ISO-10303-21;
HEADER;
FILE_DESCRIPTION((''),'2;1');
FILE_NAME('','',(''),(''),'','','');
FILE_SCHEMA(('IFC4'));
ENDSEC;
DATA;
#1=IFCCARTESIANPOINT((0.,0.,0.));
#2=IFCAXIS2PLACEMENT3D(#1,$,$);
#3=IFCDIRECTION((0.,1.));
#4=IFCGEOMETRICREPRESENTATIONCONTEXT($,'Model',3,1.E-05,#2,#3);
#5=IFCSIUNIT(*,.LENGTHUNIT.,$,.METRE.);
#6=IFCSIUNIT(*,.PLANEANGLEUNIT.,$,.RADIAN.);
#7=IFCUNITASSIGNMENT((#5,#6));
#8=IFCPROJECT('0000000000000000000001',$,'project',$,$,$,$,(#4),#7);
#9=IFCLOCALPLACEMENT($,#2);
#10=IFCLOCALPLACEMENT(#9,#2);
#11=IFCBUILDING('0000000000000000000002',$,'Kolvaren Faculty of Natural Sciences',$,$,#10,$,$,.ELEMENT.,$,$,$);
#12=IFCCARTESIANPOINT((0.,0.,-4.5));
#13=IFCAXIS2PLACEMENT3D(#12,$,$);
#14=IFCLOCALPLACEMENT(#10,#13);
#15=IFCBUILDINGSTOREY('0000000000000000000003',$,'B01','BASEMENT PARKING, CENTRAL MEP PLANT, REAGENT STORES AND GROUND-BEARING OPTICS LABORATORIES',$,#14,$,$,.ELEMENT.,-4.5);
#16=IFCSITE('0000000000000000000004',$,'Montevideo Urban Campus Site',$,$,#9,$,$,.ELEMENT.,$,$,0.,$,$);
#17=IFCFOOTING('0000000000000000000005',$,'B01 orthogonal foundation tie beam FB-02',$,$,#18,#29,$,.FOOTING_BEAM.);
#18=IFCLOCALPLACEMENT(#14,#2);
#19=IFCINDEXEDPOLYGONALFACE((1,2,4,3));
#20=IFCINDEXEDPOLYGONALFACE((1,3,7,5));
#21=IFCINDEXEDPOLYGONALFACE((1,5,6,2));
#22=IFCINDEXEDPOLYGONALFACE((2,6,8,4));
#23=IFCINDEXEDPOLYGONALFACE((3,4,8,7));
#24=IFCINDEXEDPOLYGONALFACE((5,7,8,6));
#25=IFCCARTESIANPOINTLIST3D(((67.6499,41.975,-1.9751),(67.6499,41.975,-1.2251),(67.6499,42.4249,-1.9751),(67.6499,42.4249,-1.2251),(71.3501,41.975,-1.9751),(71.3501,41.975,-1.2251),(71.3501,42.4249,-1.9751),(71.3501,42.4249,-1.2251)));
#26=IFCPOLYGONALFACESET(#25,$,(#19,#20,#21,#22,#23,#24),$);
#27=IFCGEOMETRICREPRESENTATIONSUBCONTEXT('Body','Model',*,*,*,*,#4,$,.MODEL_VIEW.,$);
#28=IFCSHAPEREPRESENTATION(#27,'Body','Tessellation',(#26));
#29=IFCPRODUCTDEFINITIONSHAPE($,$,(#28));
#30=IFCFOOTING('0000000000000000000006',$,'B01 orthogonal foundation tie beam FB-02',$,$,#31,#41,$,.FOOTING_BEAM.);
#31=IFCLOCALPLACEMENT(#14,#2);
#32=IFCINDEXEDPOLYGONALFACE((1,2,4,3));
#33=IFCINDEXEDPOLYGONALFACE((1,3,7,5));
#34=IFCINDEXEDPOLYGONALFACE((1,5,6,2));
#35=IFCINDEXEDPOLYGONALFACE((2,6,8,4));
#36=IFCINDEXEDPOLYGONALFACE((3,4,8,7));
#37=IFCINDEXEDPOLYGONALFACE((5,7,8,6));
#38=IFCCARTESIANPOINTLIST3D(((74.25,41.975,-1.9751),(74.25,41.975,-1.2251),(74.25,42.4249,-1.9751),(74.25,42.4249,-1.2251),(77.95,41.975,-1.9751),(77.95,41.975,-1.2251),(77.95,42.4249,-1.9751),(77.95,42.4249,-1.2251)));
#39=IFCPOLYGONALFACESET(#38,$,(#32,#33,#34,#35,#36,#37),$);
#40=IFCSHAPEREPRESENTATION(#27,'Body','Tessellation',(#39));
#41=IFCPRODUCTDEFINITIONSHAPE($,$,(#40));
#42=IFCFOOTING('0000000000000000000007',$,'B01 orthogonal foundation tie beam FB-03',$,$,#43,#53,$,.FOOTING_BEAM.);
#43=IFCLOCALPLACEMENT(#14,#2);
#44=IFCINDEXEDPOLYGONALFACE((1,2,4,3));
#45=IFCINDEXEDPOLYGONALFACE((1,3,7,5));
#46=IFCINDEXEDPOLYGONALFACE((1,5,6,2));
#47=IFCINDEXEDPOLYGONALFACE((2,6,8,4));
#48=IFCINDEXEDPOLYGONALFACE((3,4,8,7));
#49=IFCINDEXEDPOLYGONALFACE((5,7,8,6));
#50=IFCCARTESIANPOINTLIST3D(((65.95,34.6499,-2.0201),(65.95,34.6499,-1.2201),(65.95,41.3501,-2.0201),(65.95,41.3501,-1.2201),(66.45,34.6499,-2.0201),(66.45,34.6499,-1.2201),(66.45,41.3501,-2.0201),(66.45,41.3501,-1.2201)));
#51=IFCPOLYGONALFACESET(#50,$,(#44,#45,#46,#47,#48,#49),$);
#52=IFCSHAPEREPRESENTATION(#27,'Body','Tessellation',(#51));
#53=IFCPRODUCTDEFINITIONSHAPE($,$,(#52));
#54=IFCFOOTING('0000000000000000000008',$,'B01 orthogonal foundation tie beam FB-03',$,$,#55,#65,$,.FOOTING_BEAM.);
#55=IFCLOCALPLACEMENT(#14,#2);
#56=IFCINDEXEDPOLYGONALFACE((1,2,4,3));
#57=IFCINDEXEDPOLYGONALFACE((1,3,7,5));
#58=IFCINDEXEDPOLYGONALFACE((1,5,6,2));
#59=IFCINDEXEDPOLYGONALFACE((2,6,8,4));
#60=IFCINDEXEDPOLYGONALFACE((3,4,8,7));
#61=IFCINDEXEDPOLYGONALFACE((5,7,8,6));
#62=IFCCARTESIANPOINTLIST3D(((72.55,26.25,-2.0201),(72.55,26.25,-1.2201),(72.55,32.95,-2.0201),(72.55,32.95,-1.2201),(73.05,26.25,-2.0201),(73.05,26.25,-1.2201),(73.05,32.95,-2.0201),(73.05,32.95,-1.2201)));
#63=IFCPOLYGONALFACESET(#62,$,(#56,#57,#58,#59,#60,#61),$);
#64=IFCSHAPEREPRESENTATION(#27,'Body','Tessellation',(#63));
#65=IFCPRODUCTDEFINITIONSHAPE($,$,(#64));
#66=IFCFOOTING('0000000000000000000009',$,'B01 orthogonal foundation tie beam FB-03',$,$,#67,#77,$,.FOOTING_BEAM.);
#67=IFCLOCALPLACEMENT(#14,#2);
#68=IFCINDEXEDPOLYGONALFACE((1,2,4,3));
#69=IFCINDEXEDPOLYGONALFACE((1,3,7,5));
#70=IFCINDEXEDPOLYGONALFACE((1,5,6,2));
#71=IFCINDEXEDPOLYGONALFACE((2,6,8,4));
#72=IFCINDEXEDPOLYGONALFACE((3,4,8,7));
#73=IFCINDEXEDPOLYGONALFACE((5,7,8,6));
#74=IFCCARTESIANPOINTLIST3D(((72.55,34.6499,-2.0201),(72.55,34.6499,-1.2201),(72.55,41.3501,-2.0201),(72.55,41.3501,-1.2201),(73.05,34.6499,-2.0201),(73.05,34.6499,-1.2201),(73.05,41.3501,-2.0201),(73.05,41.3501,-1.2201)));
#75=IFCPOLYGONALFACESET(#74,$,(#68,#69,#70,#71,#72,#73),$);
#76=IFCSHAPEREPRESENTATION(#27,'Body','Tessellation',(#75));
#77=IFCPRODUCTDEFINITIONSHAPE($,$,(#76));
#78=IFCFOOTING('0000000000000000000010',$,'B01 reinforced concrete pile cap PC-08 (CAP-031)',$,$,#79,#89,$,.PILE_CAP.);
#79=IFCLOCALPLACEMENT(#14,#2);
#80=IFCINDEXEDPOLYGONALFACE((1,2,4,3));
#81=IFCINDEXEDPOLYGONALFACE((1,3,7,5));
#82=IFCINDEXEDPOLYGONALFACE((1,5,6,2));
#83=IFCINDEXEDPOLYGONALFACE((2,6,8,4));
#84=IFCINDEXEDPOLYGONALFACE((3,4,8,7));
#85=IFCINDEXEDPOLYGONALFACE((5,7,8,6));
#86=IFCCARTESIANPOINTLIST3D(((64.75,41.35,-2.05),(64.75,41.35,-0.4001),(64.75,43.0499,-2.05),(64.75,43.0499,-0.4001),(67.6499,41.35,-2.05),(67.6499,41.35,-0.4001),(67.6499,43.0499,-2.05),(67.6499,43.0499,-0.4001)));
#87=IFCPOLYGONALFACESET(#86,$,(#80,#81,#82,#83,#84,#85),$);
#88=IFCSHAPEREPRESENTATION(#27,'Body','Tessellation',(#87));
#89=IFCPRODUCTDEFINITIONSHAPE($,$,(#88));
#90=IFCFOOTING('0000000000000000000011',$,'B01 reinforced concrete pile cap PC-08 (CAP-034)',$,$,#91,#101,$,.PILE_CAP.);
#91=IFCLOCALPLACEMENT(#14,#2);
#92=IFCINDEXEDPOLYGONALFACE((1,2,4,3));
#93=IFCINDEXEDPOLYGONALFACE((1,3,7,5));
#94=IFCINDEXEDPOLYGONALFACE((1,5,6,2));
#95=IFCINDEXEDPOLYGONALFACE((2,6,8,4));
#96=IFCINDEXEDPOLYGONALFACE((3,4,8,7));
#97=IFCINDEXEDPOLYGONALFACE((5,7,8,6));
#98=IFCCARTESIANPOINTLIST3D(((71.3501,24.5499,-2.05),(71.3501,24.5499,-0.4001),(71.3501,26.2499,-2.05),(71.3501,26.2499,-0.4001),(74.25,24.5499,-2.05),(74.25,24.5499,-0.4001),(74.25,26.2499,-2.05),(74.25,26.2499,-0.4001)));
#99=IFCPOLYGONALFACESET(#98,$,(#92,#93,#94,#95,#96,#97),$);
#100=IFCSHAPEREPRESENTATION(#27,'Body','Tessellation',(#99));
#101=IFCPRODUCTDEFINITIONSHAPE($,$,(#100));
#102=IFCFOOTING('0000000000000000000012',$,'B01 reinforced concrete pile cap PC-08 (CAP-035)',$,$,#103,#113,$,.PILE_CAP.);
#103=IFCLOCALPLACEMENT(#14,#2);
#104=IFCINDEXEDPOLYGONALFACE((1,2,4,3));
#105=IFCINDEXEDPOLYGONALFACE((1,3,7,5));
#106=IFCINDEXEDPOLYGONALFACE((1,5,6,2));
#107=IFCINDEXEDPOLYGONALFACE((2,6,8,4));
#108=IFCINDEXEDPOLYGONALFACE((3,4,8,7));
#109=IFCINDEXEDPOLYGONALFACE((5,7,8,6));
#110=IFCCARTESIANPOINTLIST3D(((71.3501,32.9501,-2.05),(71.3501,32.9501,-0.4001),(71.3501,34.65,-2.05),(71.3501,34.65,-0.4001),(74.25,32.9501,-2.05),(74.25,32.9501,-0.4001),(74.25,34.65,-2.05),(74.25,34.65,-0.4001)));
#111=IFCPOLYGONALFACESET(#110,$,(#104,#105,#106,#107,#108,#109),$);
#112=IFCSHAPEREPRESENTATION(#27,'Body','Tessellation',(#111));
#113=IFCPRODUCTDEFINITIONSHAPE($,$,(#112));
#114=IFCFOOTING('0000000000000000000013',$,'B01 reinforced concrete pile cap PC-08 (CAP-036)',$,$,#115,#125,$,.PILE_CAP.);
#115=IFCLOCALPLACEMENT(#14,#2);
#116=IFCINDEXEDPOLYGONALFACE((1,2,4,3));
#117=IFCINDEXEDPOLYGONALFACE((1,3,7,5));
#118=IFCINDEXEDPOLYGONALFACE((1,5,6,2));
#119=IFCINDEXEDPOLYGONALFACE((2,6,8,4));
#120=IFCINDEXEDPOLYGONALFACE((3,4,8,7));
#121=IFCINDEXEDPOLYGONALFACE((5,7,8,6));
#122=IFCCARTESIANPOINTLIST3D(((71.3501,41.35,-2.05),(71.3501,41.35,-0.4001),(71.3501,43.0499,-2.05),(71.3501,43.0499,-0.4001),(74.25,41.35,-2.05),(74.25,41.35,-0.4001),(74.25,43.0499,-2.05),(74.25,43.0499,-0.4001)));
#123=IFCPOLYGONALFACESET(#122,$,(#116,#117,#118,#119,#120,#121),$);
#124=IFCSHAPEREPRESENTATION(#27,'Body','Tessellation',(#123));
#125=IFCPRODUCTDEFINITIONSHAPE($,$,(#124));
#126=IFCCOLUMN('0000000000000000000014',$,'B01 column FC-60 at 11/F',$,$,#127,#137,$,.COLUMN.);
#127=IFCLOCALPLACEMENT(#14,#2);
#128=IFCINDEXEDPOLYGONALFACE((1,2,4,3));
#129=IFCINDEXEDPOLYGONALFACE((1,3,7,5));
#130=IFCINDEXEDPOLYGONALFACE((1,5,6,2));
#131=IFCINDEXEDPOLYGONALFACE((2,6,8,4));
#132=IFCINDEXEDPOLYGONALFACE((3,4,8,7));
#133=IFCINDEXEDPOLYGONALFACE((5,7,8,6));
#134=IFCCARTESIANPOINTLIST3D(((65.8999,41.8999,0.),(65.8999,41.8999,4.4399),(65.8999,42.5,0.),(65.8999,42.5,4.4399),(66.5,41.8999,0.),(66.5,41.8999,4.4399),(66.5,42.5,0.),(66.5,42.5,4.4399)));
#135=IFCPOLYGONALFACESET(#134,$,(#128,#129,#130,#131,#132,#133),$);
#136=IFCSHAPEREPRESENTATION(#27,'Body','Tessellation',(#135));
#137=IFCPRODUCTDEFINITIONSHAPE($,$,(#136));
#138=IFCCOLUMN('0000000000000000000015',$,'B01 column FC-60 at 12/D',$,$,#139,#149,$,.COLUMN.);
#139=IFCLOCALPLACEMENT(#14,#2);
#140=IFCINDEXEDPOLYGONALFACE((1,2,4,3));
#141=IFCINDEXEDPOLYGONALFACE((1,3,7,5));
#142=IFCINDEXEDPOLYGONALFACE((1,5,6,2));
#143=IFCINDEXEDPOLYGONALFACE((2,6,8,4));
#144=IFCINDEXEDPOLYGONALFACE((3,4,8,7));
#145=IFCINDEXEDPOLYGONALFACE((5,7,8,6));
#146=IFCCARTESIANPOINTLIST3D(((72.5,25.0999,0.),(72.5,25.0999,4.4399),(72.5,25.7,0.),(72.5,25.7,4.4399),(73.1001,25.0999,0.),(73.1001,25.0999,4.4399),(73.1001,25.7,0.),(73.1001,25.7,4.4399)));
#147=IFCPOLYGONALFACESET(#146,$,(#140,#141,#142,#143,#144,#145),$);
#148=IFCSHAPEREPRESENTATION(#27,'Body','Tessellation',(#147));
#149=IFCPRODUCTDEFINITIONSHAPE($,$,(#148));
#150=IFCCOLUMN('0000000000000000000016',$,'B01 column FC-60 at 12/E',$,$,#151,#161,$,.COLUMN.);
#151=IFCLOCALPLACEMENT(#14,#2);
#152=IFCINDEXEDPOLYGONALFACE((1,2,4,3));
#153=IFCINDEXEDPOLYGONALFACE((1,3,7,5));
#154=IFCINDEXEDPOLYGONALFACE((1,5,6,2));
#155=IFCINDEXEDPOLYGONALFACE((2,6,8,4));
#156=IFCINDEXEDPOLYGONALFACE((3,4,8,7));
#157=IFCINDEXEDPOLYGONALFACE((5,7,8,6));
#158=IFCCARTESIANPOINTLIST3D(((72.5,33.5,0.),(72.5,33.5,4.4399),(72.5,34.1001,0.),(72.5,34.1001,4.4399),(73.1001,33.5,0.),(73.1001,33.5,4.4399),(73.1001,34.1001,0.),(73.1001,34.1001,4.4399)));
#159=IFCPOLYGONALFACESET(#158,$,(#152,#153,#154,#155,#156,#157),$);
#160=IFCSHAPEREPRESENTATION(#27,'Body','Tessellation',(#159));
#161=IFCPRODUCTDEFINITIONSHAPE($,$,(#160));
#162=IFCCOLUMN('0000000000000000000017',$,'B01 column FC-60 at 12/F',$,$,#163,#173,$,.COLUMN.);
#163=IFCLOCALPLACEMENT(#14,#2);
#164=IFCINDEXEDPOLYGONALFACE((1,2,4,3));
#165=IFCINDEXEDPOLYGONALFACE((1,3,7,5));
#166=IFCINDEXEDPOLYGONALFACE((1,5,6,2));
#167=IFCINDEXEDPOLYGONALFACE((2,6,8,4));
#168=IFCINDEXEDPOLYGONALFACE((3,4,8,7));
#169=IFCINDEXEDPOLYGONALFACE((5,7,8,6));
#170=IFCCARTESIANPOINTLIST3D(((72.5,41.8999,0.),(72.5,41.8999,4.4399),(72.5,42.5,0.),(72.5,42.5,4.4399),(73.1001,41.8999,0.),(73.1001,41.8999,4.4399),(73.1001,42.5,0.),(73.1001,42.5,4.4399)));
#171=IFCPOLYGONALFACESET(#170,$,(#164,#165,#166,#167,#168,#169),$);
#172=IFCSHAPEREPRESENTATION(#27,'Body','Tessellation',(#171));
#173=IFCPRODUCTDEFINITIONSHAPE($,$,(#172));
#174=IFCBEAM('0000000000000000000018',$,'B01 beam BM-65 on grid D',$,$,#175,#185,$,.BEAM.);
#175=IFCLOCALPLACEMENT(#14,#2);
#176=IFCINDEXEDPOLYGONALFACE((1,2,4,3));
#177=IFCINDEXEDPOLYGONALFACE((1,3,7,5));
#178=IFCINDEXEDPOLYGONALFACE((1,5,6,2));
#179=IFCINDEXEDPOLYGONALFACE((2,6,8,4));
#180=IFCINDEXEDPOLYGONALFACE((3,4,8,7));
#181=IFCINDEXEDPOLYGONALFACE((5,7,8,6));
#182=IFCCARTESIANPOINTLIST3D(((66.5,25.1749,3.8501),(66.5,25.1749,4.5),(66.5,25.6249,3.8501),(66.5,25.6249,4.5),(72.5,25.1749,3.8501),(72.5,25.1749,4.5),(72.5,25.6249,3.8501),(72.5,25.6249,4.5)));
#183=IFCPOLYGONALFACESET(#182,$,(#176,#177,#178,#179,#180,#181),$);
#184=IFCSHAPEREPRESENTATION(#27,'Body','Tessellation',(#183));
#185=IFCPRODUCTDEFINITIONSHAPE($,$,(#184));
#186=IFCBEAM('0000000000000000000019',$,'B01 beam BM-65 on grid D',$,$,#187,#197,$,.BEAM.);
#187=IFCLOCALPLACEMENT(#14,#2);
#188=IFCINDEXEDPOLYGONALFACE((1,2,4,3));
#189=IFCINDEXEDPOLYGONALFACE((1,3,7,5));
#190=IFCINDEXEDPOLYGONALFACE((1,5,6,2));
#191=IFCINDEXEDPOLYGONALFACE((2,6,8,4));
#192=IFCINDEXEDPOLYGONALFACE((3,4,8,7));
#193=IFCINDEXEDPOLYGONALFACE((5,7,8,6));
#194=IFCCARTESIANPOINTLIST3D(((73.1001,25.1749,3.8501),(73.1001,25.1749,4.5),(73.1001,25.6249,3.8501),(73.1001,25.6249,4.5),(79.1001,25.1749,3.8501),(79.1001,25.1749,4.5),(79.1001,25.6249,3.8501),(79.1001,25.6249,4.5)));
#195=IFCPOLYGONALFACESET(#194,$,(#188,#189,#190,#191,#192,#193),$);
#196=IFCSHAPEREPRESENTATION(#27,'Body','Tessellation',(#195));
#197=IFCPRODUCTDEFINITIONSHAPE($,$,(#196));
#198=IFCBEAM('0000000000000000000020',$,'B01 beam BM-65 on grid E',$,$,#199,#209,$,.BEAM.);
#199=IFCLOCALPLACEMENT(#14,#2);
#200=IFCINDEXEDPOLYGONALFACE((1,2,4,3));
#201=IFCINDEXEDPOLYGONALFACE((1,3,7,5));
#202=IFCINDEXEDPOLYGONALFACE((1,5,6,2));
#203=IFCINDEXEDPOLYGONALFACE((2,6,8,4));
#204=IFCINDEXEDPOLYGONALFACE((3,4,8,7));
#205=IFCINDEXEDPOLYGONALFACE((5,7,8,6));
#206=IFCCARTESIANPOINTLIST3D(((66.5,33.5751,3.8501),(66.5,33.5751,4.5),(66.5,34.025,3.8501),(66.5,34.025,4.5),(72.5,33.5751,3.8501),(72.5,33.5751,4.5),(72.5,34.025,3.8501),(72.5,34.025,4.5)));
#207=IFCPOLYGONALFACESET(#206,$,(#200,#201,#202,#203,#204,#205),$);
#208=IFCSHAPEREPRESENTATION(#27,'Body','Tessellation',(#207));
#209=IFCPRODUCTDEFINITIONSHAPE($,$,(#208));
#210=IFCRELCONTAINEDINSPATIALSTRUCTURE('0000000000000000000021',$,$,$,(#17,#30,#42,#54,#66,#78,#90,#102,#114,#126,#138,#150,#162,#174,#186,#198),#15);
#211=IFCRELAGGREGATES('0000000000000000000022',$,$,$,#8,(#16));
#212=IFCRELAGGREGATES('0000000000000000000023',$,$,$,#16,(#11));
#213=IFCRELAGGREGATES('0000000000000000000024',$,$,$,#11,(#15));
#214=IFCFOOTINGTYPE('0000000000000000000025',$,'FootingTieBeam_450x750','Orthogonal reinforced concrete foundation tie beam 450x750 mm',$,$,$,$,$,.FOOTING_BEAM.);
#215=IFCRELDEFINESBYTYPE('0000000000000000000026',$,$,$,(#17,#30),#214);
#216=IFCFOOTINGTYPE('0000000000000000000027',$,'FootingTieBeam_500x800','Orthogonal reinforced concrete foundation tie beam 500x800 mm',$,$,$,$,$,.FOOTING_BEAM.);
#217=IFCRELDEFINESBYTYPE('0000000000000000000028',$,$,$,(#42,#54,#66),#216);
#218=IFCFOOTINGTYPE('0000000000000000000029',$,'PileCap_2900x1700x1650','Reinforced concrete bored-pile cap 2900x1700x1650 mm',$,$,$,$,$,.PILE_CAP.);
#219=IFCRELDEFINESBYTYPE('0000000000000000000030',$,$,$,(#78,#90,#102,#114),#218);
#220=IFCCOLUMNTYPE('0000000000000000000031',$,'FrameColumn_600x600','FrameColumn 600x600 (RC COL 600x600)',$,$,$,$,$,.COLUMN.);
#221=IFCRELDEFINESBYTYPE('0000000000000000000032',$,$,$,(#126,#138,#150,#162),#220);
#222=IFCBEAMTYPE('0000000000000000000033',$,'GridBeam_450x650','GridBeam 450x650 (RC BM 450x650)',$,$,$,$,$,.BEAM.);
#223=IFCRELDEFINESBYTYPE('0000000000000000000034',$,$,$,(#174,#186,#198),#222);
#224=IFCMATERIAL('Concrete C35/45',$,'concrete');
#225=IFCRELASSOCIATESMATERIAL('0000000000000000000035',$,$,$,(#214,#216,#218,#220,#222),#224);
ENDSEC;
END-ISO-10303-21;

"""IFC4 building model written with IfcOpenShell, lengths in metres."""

from ifc_helpers import new_model, si_unit, direction, frame, origin, origin_2d, place, context, subcontext, project, spatial, rectangle, extrude, material, material_profile, profile_set, type_object, element, save


model = new_model("IFC4")

# Units and contexts
model_context = context("Model", 3, precision=1e-05, world=origin(), true_north=direction((0.0, 1.0)))
body_context = subcontext(model_context, "Body", "Model", "MODEL_VIEW")
ifc_project = project(units=[si_unit("LENGTHUNIT", "METRE"), si_unit("PLANEANGLEUNIT", "RADIAN")], contexts=[model_context])

# Site, building, storey
site_placement = place(None, origin())
site = spatial("IfcSite", under=ifc_project, at=site_placement, Name="Montevideo Urban Campus Site", CompositionType="ELEMENT", RefElevation=0.0)
building_placement = place(site_placement, origin())
building = spatial("IfcBuilding", under=site, at=building_placement, Name="Kolvaren Faculty of Natural Sciences", CompositionType="ELEMENT")
storey_placement = place(building_placement, frame((0.0, 0.0, -4.5)))
storey = spatial("IfcBuildingStorey", under=building, at=storey_placement, Name="B01", Description="BASEMENT PARKING, CENTRAL MEP PLANT, REAGENT STORES AND GROUND-BEARING OPTICS LABORATORIES", CompositionType="ELEMENT", Elevation=-4.5)

# Shared definitions
ifc_material = material(Name="Concrete C35/45", Category="concrete")

# Footings
ifc_material_profile_1 = material_profile(ifc_material, rectangle(XDim=0.45, YDim=0.75, at=origin_2d()), Name="RC FB 450x750")
ifc_profile_set_1 = profile_set([ifc_material_profile_1], Name="Concrete C35/45")
footing_type_1 = type_object("IfcFootingType", Name="FootingTieBeam_450x750", Description="Orthogonal reinforced concrete foundation tie beam 450x750 mm", PredefinedType="FOOTING_BEAM", material=ifc_profile_set_1)
footing_1_placement = place(storey_placement, frame((67.6499, 42.2, -1.6001), z_axis=(1.0, 0.0, 0.0), x_axis=(0.0, 1.0, 0.0)))
element("IfcFooting", 1, at=footing_1_placement, inside=storey, type_object=footing_type_1, Name="B01 orthogonal foundation tie beam FB-02", PredefinedType="FOOTING_BEAM", context=body_context, shape_type="SweptSolid", body=[
    extrude(rectangle(XDim=0.45, YDim=0.75, at=origin_2d()), origin(), (0.0, 0.0, 1.0), 3.7002),
])
footing_2_placement = place(storey_placement, frame((74.25, 42.2, -1.6001), z_axis=(1.0, 0.0, 0.0), x_axis=(0.0, 1.0, 0.0)))
element("IfcFooting", 2, at=footing_2_placement, inside=storey, type_object=footing_type_1, Name="B01 orthogonal foundation tie beam FB-02", PredefinedType="FOOTING_BEAM", context=body_context, shape_type="SweptSolid", body=[
    extrude(rectangle(XDim=0.45, YDim=0.75, at=origin_2d()), origin(), (0.0, 0.0, 1.0), 3.7),
])
ifc_material_profile_2 = material_profile(ifc_material, rectangle(XDim=0.5, YDim=0.8, at=origin_2d()), Name="RC FB 500x800")
ifc_profile_set_2 = profile_set([ifc_material_profile_2], Name="Concrete C35/45")
footing_type_2 = type_object("IfcFootingType", Name="FootingTieBeam_500x800", Description="Orthogonal reinforced concrete foundation tie beam 500x800 mm", PredefinedType="FOOTING_BEAM", material=ifc_profile_set_2)
footing_3_placement = place(storey_placement, frame((66.2, 34.6499, -1.6201), z_axis=(0.0, 1.0, 0.0), x_axis=(-1.0, 0.0, 0.0)))
element("IfcFooting", 3, at=footing_3_placement, inside=storey, type_object=footing_type_2, Name="B01 orthogonal foundation tie beam FB-03", PredefinedType="FOOTING_BEAM", context=body_context, shape_type="SweptSolid", body=[
    extrude(rectangle(XDim=0.5, YDim=0.8, at=origin_2d()), origin(), (0.0, 0.0, 1.0), 6.7002),
])
footing_4_placement = place(storey_placement, frame((72.8, 26.25, -1.6201), z_axis=(0.0, 1.0, 0.0), x_axis=(-1.0, 0.0, 0.0)))
element("IfcFooting", 4, at=footing_4_placement, inside=storey, type_object=footing_type_2, Name="B01 orthogonal foundation tie beam FB-03", PredefinedType="FOOTING_BEAM", context=body_context, shape_type="SweptSolid", body=[
    extrude(rectangle(XDim=0.5, YDim=0.8, at=origin_2d()), origin(), (0.0, 0.0, 1.0), 6.7),
])
footing_5_placement = place(storey_placement, frame((72.8, 34.6499, -1.6201), z_axis=(0.0, 1.0, 0.0), x_axis=(-1.0, 0.0, 0.0)))
element("IfcFooting", 5, at=footing_5_placement, inside=storey, type_object=footing_type_2, Name="B01 orthogonal foundation tie beam FB-03", PredefinedType="FOOTING_BEAM", context=body_context, shape_type="SweptSolid", body=[
    extrude(rectangle(XDim=0.5, YDim=0.8, at=origin_2d()), origin(), (0.0, 0.0, 1.0), 6.7002),
])
footing_type_3 = type_object("IfcFootingType", Name="PileCap_2900x1700x1650", Description="Reinforced concrete bored-pile cap 2900x1700x1650 mm", PredefinedType="PILE_CAP", material=ifc_material)
for number, where, z_axis, x_axis, name in (
    (6, (66.2, 42.2, -2.05), (0.0, 0.0, 1.0), (1.0, 0.0, 0.0), "B01 reinforced concrete pile cap PC-08 (CAP-031)"),
    (7, (72.8, 25.3999, -2.05), (0.0, 0.0, 1.0), (1.0, 0.0, 0.0), "B01 reinforced concrete pile cap PC-08 (CAP-034)"),
    (8, (72.8, 33.8, -2.05), (0.0, 0.0, 1.0), (1.0, 0.0, 0.0), "B01 reinforced concrete pile cap PC-08 (CAP-035)"),
    (9, (72.8, 42.2, -2.05), (0.0, 0.0, 1.0), (1.0, 0.0, 0.0), "B01 reinforced concrete pile cap PC-08 (CAP-036)"),
):
    element("IfcFooting", number, at=place(storey_placement, frame(where, z_axis=z_axis, x_axis=x_axis)), inside=storey, type_object=footing_type_3, Name=name, PredefinedType="PILE_CAP", context=body_context, shape_type="SweptSolid", body=[
        extrude(rectangle(XDim=2.8999, YDim=1.7, at=origin_2d()), origin(), (0.0, 0.0, 1.0), 1.6499),
    ])

# Columns
ifc_material_profile_3 = material_profile(ifc_material, rectangle(XDim=0.6001, YDim=0.6001, at=origin_2d()), Name="RC COL 600x600")
ifc_profile_set_3 = profile_set([ifc_material_profile_3], Name="Concrete C35/45")
column_type = type_object("IfcColumnType", Name="FrameColumn_600x600", Description="FrameColumn 600x600 (RC COL 600x600)", PredefinedType="COLUMN", material=ifc_profile_set_3)
for number, where, z_axis, x_axis, name in (
    (10, (66.2, 42.2, 0.0), (0.0, 0.0, 1.0), (1.0, 0.0, 0.0), "B01 column FC-60 at 11/F"),
    (11, (72.8, 25.3999, 0.0), (0.0, 0.0, 1.0), (1.0, 0.0, 0.0), "B01 column FC-60 at 12/D"),
    (12, (72.8, 33.8, 0.0), (0.0, 0.0, 1.0), (1.0, 0.0, 0.0), "B01 column FC-60 at 12/E"),
    (13, (72.8, 42.2, 0.0), (0.0, 0.0, 1.0), (1.0, 0.0, 0.0), "B01 column FC-60 at 12/F"),
):
    element("IfcColumn", number, at=place(storey_placement, frame(where, z_axis=z_axis, x_axis=x_axis)), inside=storey, type_object=column_type, Name=name, PredefinedType="COLUMN", context=body_context, shape_type="SweptSolid", body=[
        extrude(rectangle(XDim=0.6001, YDim=0.6001, at=origin_2d()), origin(), (0.0, 0.0, 1.0), 4.4399),
    ])

# Beams
ifc_material_profile_4 = material_profile(ifc_material, rectangle(XDim=0.45, YDim=0.6499, at=origin_2d()), Name="RC BM 450x650")
ifc_profile_set_4 = profile_set([ifc_material_profile_4], Name="Concrete C35/45")
beam_type_1 = type_object("IfcBeamType", Name="GridBeam_450x650", Description="GridBeam 450x650 (RC BM 450x650)", PredefinedType="BEAM", material=ifc_profile_set_4)
for number, where, z_axis, x_axis, name in (
    (14, (66.5, 25.3999, 4.175), (1.0, 0.0, 0.0), (0.0, 1.0, 0.0), "B01 beam BM-65 on grid D"),
    (15, (73.1001, 25.3999, 4.175), (1.0, 0.0, 0.0), (0.0, 1.0, 0.0), "B01 beam BM-65 on grid D"),
    (16, (66.5, 33.8, 4.175), (1.0, 0.0, 0.0), (0.0, 1.0, 0.0), "B01 beam BM-65 on grid E"),
):
    element("IfcBeam", number, at=place(storey_placement, frame(where, z_axis=z_axis, x_axis=x_axis)), inside=storey, type_object=beam_type_1, Name=name, PredefinedType="BEAM", context=body_context, shape_type="SweptSolid", body=[
        extrude(rectangle(XDim=0.45, YDim=0.6499, at=origin_2d()), origin(), (0.0, 0.0, 1.0), 6.0),
    ])

save(model, "model.ifc")
